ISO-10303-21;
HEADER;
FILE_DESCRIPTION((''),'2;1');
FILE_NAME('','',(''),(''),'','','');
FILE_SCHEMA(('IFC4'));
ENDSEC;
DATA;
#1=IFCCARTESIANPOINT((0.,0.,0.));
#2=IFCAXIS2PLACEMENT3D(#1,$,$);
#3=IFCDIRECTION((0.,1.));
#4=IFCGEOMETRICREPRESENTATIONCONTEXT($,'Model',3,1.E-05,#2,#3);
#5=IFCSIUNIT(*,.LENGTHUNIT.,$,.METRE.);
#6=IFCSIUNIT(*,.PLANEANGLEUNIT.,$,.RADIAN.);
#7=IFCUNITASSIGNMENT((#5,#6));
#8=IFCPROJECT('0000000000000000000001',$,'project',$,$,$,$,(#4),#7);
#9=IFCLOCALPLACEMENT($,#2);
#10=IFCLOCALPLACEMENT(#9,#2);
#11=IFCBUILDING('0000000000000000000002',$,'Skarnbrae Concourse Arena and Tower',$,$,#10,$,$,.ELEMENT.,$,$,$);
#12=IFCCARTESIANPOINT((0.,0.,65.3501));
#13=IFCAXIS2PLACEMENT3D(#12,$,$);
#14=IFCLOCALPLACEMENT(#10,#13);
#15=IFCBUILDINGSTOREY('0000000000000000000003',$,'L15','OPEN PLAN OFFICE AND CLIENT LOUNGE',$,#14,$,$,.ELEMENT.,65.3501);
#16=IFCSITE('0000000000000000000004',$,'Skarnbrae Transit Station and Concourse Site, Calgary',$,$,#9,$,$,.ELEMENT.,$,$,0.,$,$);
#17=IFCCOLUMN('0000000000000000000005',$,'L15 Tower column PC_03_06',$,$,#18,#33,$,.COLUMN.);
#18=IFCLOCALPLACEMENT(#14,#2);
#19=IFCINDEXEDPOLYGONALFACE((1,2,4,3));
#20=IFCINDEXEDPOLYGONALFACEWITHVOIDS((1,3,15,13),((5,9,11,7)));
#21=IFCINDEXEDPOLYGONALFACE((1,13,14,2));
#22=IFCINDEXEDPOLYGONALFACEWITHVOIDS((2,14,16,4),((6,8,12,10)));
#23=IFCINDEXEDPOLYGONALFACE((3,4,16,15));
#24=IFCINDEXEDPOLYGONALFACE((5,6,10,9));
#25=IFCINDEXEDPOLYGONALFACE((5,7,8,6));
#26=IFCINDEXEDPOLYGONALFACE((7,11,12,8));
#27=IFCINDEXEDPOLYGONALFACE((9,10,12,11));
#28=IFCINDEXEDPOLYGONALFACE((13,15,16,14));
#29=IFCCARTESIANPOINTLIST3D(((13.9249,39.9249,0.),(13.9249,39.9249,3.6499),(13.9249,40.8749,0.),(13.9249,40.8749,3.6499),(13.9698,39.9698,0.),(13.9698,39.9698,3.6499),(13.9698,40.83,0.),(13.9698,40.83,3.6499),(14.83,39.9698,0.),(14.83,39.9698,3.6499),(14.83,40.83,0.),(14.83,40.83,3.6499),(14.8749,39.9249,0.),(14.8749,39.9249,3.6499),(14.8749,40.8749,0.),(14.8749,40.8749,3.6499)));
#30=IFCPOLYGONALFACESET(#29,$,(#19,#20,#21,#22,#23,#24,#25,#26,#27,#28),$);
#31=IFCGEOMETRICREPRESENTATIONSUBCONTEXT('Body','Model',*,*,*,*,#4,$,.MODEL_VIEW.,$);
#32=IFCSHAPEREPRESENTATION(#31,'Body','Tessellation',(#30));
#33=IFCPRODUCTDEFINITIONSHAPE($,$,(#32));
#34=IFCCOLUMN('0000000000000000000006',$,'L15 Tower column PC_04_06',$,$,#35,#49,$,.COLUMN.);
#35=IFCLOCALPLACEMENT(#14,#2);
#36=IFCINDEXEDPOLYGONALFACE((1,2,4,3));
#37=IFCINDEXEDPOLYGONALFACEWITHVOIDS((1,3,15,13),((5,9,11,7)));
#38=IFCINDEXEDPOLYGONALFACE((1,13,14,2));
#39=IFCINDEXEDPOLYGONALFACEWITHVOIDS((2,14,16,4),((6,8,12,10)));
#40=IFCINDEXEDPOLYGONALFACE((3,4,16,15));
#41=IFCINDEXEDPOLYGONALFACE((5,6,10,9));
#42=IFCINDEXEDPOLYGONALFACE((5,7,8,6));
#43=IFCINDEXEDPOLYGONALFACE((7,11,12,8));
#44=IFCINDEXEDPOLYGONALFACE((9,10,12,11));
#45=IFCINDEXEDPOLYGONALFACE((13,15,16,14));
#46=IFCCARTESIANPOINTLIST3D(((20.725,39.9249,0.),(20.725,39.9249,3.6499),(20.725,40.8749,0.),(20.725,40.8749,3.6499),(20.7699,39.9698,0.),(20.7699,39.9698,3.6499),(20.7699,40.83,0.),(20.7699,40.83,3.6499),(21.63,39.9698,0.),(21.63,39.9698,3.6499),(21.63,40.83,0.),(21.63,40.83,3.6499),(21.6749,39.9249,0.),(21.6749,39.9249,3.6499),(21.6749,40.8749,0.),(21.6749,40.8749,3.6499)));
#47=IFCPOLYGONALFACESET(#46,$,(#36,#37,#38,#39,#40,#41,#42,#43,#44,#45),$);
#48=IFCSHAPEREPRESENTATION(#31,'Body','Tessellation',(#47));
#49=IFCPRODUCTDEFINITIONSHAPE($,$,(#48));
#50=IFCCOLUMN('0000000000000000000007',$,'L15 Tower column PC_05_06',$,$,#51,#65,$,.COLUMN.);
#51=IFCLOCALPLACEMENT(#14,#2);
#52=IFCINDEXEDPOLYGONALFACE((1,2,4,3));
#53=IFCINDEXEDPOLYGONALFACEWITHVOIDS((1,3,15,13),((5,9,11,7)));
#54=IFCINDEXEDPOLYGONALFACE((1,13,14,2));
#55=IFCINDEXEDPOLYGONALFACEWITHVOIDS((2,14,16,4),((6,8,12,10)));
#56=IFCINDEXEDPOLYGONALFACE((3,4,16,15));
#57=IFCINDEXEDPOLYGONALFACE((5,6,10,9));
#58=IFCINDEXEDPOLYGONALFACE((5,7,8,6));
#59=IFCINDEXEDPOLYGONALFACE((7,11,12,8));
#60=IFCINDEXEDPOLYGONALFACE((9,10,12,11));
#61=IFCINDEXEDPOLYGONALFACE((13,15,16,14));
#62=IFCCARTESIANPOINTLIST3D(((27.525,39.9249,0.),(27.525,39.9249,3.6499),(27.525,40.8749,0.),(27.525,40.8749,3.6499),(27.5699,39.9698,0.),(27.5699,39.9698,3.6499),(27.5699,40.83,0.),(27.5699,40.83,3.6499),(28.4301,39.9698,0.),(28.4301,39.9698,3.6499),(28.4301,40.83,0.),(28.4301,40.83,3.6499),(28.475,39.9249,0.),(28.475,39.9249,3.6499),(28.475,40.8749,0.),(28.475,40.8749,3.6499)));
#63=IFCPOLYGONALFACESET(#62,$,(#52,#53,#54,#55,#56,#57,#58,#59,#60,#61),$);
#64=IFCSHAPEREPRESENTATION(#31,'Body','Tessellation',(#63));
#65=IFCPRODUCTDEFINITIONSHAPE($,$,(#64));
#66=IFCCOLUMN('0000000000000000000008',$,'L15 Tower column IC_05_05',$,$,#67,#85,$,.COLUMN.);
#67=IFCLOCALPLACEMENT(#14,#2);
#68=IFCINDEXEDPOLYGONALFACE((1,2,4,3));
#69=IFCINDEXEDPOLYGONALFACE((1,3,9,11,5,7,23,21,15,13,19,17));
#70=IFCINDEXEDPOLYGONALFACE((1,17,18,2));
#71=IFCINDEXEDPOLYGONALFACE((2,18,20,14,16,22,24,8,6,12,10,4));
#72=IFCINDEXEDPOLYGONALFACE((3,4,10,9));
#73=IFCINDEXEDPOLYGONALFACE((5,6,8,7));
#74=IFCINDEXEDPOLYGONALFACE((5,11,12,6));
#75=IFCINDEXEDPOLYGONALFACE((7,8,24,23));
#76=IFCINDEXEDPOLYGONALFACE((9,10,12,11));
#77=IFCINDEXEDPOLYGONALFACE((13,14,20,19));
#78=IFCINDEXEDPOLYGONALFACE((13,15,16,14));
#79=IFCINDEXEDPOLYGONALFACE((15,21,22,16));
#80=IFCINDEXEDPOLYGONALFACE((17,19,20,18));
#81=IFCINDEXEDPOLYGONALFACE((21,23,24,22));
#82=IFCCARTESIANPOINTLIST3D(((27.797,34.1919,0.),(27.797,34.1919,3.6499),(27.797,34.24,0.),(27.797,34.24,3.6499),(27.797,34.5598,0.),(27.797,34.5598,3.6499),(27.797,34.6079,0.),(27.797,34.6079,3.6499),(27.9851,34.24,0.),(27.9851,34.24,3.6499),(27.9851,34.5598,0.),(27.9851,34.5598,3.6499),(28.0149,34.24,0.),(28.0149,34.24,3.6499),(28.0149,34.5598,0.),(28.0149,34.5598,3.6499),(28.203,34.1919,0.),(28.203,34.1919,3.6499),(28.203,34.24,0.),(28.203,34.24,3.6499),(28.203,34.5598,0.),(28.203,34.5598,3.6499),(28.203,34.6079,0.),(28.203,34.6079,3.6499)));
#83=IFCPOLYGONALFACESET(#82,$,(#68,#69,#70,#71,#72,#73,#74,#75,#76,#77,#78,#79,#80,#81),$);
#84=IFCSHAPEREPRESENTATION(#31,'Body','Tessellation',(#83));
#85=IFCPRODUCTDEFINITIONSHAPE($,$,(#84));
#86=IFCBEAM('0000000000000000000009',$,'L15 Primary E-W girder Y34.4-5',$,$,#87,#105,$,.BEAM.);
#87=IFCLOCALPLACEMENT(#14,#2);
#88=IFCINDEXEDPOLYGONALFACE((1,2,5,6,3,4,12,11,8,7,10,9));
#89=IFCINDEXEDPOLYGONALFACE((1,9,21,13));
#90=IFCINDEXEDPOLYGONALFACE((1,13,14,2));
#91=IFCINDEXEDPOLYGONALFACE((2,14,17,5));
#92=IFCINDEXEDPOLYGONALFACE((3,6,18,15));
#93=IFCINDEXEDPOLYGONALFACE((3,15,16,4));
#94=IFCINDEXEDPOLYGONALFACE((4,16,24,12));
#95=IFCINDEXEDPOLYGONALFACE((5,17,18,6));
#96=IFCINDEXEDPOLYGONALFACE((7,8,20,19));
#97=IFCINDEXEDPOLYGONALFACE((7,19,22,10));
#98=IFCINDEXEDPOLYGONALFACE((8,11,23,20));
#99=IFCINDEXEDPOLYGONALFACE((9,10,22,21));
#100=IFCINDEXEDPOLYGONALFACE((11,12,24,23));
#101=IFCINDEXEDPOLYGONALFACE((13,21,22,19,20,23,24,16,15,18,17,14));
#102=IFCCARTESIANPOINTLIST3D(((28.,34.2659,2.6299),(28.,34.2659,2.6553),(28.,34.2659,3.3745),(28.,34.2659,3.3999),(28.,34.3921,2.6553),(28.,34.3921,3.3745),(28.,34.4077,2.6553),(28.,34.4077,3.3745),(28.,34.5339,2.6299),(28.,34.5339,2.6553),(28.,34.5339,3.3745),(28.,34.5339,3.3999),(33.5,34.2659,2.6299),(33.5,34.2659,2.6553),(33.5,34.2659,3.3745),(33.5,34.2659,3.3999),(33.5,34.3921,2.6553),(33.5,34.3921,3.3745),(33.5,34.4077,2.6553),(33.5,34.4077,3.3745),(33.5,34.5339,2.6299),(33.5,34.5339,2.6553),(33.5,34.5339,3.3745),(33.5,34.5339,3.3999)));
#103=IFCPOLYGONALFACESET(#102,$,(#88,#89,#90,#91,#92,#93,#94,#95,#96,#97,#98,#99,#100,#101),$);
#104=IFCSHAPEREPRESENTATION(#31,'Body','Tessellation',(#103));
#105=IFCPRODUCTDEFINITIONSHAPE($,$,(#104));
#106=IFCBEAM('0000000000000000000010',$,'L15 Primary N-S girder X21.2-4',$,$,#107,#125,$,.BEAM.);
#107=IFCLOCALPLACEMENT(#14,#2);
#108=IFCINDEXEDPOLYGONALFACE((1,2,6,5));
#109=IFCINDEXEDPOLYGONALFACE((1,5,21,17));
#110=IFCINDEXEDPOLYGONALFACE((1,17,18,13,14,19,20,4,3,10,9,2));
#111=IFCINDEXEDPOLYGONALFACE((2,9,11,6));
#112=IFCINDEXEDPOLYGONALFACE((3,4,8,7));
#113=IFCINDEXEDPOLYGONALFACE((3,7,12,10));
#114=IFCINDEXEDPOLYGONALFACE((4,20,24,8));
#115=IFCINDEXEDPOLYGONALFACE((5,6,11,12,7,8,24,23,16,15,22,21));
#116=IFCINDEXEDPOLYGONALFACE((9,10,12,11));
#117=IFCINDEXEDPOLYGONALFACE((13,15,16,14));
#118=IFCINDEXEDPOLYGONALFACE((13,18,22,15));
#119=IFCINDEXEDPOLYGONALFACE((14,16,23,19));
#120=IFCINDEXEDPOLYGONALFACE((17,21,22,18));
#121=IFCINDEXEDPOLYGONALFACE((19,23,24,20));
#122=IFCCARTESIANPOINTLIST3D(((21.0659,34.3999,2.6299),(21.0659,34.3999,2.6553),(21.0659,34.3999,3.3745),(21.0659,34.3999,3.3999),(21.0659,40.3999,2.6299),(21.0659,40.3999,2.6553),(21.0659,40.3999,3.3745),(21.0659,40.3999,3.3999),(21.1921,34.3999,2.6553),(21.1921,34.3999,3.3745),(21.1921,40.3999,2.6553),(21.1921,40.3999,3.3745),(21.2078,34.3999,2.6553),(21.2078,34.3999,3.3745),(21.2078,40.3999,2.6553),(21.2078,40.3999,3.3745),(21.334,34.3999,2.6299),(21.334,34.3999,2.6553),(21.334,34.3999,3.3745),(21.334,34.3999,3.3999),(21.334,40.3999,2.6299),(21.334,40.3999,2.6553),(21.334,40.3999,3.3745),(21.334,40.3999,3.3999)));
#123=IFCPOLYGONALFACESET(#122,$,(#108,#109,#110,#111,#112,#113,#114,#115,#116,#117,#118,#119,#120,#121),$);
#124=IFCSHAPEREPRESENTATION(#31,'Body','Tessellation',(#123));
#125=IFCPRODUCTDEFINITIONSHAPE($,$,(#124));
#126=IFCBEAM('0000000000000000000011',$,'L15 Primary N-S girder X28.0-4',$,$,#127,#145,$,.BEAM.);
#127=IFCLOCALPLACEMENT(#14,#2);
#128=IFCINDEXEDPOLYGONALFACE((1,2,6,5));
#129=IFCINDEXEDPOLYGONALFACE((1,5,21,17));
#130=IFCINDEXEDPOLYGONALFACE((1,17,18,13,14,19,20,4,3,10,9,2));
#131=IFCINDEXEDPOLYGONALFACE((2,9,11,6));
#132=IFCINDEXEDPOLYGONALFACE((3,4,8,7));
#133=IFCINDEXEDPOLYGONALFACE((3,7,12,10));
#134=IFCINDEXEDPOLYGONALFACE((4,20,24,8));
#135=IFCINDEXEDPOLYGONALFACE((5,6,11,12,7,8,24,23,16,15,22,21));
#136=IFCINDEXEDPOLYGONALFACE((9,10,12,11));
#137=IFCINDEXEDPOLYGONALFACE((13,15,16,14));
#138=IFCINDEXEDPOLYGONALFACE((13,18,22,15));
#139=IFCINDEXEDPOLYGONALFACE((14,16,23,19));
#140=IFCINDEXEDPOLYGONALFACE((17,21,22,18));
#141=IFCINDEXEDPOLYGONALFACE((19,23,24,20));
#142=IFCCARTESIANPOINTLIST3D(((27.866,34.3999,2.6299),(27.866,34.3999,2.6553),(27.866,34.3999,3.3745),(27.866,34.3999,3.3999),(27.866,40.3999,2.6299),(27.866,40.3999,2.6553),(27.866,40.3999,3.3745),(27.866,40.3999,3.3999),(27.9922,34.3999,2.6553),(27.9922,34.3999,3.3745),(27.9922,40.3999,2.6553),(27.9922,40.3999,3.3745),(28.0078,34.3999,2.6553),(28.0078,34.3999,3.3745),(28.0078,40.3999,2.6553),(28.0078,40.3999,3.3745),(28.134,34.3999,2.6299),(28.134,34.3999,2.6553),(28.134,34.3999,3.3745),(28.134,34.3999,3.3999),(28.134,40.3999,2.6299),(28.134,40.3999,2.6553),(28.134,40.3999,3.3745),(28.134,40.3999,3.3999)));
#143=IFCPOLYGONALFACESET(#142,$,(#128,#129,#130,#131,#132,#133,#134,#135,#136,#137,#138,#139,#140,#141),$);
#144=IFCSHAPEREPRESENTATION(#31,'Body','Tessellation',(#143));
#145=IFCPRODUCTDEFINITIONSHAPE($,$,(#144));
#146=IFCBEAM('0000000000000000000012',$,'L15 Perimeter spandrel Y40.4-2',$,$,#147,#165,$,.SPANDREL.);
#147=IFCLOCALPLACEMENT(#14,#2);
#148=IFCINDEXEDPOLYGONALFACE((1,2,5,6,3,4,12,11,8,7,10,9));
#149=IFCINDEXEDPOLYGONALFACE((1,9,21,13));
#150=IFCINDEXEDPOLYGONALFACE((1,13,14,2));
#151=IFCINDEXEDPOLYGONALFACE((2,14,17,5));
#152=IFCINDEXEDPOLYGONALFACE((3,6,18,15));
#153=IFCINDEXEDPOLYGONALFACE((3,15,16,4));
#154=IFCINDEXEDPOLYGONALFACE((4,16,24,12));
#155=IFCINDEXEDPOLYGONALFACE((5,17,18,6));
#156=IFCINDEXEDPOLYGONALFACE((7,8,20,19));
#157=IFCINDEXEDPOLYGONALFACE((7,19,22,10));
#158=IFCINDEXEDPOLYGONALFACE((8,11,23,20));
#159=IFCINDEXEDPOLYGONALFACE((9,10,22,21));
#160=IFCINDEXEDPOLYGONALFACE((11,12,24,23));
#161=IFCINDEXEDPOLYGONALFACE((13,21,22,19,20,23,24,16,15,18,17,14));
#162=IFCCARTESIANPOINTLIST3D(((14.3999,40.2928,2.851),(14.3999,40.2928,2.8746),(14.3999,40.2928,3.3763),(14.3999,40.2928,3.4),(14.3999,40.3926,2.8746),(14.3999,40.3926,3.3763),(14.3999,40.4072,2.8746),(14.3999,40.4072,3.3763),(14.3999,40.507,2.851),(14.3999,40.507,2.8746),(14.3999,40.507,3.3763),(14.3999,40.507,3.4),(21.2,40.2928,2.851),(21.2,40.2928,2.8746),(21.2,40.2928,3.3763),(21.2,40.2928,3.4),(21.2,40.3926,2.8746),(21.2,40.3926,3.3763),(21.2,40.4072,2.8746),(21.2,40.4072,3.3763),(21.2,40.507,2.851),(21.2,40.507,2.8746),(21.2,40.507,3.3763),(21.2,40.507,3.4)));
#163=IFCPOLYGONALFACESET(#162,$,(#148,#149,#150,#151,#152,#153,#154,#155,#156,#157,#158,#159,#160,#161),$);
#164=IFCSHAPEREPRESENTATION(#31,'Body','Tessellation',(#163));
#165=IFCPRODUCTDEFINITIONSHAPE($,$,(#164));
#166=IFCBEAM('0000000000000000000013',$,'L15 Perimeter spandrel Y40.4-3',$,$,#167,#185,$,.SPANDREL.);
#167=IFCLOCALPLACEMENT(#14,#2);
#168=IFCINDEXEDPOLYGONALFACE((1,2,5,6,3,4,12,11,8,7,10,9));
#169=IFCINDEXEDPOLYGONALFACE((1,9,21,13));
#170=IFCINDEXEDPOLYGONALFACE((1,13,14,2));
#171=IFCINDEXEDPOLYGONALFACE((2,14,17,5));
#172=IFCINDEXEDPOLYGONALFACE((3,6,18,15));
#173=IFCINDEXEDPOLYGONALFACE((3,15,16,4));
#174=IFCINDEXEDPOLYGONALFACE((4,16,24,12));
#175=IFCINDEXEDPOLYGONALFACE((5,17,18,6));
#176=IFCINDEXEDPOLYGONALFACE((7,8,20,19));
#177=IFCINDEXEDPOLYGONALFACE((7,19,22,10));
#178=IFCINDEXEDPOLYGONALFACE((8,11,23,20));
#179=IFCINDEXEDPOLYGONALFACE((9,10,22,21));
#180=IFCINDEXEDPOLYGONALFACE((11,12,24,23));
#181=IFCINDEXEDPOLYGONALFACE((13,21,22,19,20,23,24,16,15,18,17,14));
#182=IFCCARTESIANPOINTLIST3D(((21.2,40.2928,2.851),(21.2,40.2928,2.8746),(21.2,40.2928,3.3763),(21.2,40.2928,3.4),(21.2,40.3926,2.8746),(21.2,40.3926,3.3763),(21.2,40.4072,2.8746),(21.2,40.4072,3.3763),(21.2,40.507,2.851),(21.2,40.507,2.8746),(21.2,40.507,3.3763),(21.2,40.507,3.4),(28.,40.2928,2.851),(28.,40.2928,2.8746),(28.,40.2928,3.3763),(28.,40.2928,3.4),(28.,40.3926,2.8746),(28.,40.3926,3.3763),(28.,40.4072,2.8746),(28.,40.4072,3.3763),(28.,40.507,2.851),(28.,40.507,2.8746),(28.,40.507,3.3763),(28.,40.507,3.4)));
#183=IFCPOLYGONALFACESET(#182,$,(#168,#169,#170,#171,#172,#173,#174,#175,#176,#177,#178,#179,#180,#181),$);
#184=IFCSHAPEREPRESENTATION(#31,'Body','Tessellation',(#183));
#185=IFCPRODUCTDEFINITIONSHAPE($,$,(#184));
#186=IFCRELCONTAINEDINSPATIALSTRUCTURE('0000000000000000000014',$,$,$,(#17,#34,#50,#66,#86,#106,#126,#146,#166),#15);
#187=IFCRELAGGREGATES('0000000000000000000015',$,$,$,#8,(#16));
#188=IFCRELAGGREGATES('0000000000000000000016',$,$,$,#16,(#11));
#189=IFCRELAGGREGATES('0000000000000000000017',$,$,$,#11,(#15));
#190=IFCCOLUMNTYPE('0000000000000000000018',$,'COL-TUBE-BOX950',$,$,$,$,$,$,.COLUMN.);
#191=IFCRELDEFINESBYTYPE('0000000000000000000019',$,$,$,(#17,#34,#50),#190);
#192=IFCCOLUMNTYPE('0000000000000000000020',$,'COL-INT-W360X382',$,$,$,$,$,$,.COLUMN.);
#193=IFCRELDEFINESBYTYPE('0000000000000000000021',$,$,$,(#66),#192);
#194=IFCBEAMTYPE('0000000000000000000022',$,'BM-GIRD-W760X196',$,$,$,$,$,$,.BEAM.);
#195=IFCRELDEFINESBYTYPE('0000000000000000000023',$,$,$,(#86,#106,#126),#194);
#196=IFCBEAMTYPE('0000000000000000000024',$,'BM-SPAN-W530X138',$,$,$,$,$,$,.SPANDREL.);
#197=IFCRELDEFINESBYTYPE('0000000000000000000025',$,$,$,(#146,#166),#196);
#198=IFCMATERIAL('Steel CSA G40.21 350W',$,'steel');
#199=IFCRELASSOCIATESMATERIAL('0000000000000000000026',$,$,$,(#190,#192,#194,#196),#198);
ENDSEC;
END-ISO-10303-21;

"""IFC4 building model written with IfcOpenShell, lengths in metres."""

from ifc_helpers import new_model, si_unit, direction, frame, origin, origin_2d, place, context, subcontext, project, spatial, hollow_rectangle, i_section, extrude, source, transform, mapped, material, material_profile, profile_set, type_object, element, save


model = new_model("IFC4")

# Units and contexts
model_context = context("Model", 3, precision=1e-05, world=origin(), true_north=direction((0.0, 1.0)))
body_context = subcontext(model_context, "Body", "Model", "MODEL_VIEW")
ifc_project = project(units=[si_unit("LENGTHUNIT", "METRE"), si_unit("PLANEANGLEUNIT", "RADIAN")], contexts=[model_context])

# Site, building, storey
site_placement = place(None, origin())
site = spatial("IfcSite", under=ifc_project, at=site_placement, Name="Skarnbrae Transit Station and Concourse Site, Calgary", CompositionType="ELEMENT", RefElevation=0.0)
building_placement = place(site_placement, origin())
building = spatial("IfcBuilding", under=site, at=building_placement, Name="Skarnbrae Concourse Arena and Tower", CompositionType="ELEMENT")
storey_placement = place(building_placement, frame((0.0, 0.0, 65.3501)))
storey = spatial("IfcBuildingStorey", under=building, at=storey_placement, Name="L15", Description="OPEN PLAN OFFICE AND CLIENT LOUNGE", CompositionType="ELEMENT", Elevation=65.3501)

# Columns
ifc_material_1 = material(Name="Steel CSA G40.21 350W", Category="steel")
ifc_material_profile_1 = material_profile(ifc_material_1, hollow_rectangle(XDim=0.95, YDim=0.95, WallThickness=0.0449, at=origin_2d()), Name="BOX950X950X45")
ifc_profile_set_1 = profile_set([ifc_material_profile_1], Name="Steel CSA G40.21 350W")
column_type_1 = type_object("IfcColumnType", Name="COL-TUBE-BOX950", PredefinedType="COLUMN", material=ifc_profile_set_1)
shared_shape_1 = source(origin(), body_context, "Body", "SweptSolid", [
    extrude(hollow_rectangle(XDim=0.95, YDim=0.95, WallThickness=0.0449, at=origin_2d()), origin(), (0.0, 0.0, 1.0), 3.6499),
])
for number, where, z_axis, x_axis, name in (
    (1, (14.3999, 40.3999, 0.0), (0.0, 0.0, 1.0), (1.0, 0.0, 0.0), "L15 Tower column PC_03_06"),
    (2, (21.2, 40.3999, 0.0), (0.0, 0.0, 1.0), (1.0, 0.0, 0.0), "L15 Tower column PC_04_06"),
    (3, (28.0, 40.3999, 0.0), (0.0, 0.0, 1.0), (1.0, 0.0, 0.0), "L15 Tower column PC_05_06"),
):
    element("IfcColumn", number, at=place(storey_placement, frame(where, z_axis=z_axis, x_axis=x_axis)), inside=storey, type_object=column_type_1, Name=name, PredefinedType="COLUMN", context=body_context, shape_type="MappedRepresentation", body=[
        mapped(shared_shape_1, transform((0.0, 0.0, 0.0))),
    ])
ifc_material_profile_2 = material_profile(ifc_material_1, i_section(OverallWidth=0.406, OverallDepth=0.416, WebThickness=0.0298, FlangeThickness=0.0481, at=origin_2d()), Name="W360X382")
ifc_profile_set_2 = profile_set([ifc_material_profile_2], Name="Steel CSA G40.21 350W")
column_type_2 = type_object("IfcColumnType", Name="COL-INT-W360X382", PredefinedType="COLUMN", material=ifc_profile_set_2)
shared_shape_2 = source(origin(), body_context, "Body", "SweptSolid", [
    extrude(i_section(OverallWidth=0.406, OverallDepth=0.416, WebThickness=0.0298, FlangeThickness=0.0481, at=origin_2d()), origin(), (0.0, 0.0, 1.0), 3.6499),
])
column_placement = place(storey_placement, frame((28.0, 34.3999, 0.0), z_axis=(0.0, 0.0, 1.0), x_axis=(1.0, 0.0, 0.0)))
element("IfcColumn", 4, at=column_placement, inside=storey, type_object=column_type_2, Name="L15 Tower column IC_05_05", PredefinedType="COLUMN", context=body_context, shape_type="MappedRepresentation", body=[
    mapped(shared_shape_2, transform((0.0, 0.0, 0.0))),
])

# Beams
ifc_material_profile_3 = material_profile(ifc_material_1, i_section(OverallWidth=0.2681, OverallDepth=0.77, WebThickness=0.0156, FlangeThickness=0.0254, at=origin_2d()), Name="W760X196")
ifc_profile_set_3 = profile_set([ifc_material_profile_3], Name="Steel CSA G40.21 350W")
beam_type_1 = type_object("IfcBeamType", Name="BM-GIRD-W760X196", PredefinedType="BEAM", material=ifc_profile_set_3)
shared_shape_3 = source(origin(), body_context, "Body", "SweptSolid", [
    extrude(i_section(OverallWidth=0.2681, OverallDepth=0.77, WebThickness=0.0156, FlangeThickness=0.0254, at=origin_2d()), origin(), (0.0, 0.0, 1.0), 5.5),
])
beam_1_placement = place(storey_placement, frame((28.0, 34.3999, 3.0149), z_axis=(1.0, 0.0, 0.0), x_axis=(0.0, 1.0, 0.0)))
element("IfcBeam", 5, at=beam_1_placement, inside=storey, type_object=beam_type_1, Name="L15 Primary E-W girder Y34.4-5", PredefinedType="BEAM", context=body_context, shape_type="MappedRepresentation", body=[
    mapped(shared_shape_3, transform((0.0, 0.0, 0.0))),
])
shared_shape_4 = source(origin(), body_context, "Body", "SweptSolid", [
    extrude(i_section(OverallWidth=0.2681, OverallDepth=0.77, WebThickness=0.0156, FlangeThickness=0.0254, at=origin_2d()), origin(), (0.0, 0.0, 1.0), 6.0),
])
for number, where, z_axis, x_axis, name in (
    (6, (21.2, 34.3999, 3.0149), (0.0, 1.0, 0.0), (-1.0, 0.0, 0.0), "L15 Primary N-S girder X21.2-4"),
    (7, (28.0, 34.3999, 3.0149), (0.0, 1.0, 0.0), (-1.0, 0.0, 0.0), "L15 Primary N-S girder X28.0-4"),
):
    element("IfcBeam", number, at=place(storey_placement, frame(where, z_axis=z_axis, x_axis=x_axis)), inside=storey, type_object=beam_type_1, Name=name, PredefinedType="BEAM", context=body_context, shape_type="MappedRepresentation", body=[
        mapped(shared_shape_4, transform((0.0, 0.0, 0.0))),
    ])
ifc_material_profile_4 = material_profile(ifc_material_1, i_section(OverallWidth=0.2141, OverallDepth=0.5491, WebThickness=0.0146, FlangeThickness=0.0237, at=origin_2d()), Name="W530X138")
ifc_profile_set_4 = profile_set([ifc_material_profile_4], Name="Steel CSA G40.21 350W")
beam_type_2 = type_object("IfcBeamType", Name="BM-SPAN-W530X138", PredefinedType="SPANDREL", material=ifc_profile_set_4)
shared_shape_5 = source(origin(), body_context, "Body", "SweptSolid", [
    extrude(i_section(OverallWidth=0.2141, OverallDepth=0.5491, WebThickness=0.0146, FlangeThickness=0.0237, at=origin_2d()), origin(), (0.0, 0.0, 1.0), 6.8),
])
for number, where, z_axis, x_axis, name in (
    (8, (14.3999, 40.3999, 3.1255), (1.0, 0.0, 0.0), (0.0, 1.0, 0.0), "L15 Perimeter spandrel Y40.4-2"),
    (9, (21.2, 40.3999, 3.1255), (1.0, 0.0, 0.0), (0.0, 1.0, 0.0), "L15 Perimeter spandrel Y40.4-3"),
):
    element("IfcBeam", number, at=place(storey_placement, frame(where, z_axis=z_axis, x_axis=x_axis)), inside=storey, type_object=beam_type_2, Name=name, PredefinedType="SPANDREL", context=body_context, shape_type="MappedRepresentation", body=[
        mapped(shared_shape_5, transform((0.0, 0.0, 0.0))),
    ])

save(model, "model.ifc")
